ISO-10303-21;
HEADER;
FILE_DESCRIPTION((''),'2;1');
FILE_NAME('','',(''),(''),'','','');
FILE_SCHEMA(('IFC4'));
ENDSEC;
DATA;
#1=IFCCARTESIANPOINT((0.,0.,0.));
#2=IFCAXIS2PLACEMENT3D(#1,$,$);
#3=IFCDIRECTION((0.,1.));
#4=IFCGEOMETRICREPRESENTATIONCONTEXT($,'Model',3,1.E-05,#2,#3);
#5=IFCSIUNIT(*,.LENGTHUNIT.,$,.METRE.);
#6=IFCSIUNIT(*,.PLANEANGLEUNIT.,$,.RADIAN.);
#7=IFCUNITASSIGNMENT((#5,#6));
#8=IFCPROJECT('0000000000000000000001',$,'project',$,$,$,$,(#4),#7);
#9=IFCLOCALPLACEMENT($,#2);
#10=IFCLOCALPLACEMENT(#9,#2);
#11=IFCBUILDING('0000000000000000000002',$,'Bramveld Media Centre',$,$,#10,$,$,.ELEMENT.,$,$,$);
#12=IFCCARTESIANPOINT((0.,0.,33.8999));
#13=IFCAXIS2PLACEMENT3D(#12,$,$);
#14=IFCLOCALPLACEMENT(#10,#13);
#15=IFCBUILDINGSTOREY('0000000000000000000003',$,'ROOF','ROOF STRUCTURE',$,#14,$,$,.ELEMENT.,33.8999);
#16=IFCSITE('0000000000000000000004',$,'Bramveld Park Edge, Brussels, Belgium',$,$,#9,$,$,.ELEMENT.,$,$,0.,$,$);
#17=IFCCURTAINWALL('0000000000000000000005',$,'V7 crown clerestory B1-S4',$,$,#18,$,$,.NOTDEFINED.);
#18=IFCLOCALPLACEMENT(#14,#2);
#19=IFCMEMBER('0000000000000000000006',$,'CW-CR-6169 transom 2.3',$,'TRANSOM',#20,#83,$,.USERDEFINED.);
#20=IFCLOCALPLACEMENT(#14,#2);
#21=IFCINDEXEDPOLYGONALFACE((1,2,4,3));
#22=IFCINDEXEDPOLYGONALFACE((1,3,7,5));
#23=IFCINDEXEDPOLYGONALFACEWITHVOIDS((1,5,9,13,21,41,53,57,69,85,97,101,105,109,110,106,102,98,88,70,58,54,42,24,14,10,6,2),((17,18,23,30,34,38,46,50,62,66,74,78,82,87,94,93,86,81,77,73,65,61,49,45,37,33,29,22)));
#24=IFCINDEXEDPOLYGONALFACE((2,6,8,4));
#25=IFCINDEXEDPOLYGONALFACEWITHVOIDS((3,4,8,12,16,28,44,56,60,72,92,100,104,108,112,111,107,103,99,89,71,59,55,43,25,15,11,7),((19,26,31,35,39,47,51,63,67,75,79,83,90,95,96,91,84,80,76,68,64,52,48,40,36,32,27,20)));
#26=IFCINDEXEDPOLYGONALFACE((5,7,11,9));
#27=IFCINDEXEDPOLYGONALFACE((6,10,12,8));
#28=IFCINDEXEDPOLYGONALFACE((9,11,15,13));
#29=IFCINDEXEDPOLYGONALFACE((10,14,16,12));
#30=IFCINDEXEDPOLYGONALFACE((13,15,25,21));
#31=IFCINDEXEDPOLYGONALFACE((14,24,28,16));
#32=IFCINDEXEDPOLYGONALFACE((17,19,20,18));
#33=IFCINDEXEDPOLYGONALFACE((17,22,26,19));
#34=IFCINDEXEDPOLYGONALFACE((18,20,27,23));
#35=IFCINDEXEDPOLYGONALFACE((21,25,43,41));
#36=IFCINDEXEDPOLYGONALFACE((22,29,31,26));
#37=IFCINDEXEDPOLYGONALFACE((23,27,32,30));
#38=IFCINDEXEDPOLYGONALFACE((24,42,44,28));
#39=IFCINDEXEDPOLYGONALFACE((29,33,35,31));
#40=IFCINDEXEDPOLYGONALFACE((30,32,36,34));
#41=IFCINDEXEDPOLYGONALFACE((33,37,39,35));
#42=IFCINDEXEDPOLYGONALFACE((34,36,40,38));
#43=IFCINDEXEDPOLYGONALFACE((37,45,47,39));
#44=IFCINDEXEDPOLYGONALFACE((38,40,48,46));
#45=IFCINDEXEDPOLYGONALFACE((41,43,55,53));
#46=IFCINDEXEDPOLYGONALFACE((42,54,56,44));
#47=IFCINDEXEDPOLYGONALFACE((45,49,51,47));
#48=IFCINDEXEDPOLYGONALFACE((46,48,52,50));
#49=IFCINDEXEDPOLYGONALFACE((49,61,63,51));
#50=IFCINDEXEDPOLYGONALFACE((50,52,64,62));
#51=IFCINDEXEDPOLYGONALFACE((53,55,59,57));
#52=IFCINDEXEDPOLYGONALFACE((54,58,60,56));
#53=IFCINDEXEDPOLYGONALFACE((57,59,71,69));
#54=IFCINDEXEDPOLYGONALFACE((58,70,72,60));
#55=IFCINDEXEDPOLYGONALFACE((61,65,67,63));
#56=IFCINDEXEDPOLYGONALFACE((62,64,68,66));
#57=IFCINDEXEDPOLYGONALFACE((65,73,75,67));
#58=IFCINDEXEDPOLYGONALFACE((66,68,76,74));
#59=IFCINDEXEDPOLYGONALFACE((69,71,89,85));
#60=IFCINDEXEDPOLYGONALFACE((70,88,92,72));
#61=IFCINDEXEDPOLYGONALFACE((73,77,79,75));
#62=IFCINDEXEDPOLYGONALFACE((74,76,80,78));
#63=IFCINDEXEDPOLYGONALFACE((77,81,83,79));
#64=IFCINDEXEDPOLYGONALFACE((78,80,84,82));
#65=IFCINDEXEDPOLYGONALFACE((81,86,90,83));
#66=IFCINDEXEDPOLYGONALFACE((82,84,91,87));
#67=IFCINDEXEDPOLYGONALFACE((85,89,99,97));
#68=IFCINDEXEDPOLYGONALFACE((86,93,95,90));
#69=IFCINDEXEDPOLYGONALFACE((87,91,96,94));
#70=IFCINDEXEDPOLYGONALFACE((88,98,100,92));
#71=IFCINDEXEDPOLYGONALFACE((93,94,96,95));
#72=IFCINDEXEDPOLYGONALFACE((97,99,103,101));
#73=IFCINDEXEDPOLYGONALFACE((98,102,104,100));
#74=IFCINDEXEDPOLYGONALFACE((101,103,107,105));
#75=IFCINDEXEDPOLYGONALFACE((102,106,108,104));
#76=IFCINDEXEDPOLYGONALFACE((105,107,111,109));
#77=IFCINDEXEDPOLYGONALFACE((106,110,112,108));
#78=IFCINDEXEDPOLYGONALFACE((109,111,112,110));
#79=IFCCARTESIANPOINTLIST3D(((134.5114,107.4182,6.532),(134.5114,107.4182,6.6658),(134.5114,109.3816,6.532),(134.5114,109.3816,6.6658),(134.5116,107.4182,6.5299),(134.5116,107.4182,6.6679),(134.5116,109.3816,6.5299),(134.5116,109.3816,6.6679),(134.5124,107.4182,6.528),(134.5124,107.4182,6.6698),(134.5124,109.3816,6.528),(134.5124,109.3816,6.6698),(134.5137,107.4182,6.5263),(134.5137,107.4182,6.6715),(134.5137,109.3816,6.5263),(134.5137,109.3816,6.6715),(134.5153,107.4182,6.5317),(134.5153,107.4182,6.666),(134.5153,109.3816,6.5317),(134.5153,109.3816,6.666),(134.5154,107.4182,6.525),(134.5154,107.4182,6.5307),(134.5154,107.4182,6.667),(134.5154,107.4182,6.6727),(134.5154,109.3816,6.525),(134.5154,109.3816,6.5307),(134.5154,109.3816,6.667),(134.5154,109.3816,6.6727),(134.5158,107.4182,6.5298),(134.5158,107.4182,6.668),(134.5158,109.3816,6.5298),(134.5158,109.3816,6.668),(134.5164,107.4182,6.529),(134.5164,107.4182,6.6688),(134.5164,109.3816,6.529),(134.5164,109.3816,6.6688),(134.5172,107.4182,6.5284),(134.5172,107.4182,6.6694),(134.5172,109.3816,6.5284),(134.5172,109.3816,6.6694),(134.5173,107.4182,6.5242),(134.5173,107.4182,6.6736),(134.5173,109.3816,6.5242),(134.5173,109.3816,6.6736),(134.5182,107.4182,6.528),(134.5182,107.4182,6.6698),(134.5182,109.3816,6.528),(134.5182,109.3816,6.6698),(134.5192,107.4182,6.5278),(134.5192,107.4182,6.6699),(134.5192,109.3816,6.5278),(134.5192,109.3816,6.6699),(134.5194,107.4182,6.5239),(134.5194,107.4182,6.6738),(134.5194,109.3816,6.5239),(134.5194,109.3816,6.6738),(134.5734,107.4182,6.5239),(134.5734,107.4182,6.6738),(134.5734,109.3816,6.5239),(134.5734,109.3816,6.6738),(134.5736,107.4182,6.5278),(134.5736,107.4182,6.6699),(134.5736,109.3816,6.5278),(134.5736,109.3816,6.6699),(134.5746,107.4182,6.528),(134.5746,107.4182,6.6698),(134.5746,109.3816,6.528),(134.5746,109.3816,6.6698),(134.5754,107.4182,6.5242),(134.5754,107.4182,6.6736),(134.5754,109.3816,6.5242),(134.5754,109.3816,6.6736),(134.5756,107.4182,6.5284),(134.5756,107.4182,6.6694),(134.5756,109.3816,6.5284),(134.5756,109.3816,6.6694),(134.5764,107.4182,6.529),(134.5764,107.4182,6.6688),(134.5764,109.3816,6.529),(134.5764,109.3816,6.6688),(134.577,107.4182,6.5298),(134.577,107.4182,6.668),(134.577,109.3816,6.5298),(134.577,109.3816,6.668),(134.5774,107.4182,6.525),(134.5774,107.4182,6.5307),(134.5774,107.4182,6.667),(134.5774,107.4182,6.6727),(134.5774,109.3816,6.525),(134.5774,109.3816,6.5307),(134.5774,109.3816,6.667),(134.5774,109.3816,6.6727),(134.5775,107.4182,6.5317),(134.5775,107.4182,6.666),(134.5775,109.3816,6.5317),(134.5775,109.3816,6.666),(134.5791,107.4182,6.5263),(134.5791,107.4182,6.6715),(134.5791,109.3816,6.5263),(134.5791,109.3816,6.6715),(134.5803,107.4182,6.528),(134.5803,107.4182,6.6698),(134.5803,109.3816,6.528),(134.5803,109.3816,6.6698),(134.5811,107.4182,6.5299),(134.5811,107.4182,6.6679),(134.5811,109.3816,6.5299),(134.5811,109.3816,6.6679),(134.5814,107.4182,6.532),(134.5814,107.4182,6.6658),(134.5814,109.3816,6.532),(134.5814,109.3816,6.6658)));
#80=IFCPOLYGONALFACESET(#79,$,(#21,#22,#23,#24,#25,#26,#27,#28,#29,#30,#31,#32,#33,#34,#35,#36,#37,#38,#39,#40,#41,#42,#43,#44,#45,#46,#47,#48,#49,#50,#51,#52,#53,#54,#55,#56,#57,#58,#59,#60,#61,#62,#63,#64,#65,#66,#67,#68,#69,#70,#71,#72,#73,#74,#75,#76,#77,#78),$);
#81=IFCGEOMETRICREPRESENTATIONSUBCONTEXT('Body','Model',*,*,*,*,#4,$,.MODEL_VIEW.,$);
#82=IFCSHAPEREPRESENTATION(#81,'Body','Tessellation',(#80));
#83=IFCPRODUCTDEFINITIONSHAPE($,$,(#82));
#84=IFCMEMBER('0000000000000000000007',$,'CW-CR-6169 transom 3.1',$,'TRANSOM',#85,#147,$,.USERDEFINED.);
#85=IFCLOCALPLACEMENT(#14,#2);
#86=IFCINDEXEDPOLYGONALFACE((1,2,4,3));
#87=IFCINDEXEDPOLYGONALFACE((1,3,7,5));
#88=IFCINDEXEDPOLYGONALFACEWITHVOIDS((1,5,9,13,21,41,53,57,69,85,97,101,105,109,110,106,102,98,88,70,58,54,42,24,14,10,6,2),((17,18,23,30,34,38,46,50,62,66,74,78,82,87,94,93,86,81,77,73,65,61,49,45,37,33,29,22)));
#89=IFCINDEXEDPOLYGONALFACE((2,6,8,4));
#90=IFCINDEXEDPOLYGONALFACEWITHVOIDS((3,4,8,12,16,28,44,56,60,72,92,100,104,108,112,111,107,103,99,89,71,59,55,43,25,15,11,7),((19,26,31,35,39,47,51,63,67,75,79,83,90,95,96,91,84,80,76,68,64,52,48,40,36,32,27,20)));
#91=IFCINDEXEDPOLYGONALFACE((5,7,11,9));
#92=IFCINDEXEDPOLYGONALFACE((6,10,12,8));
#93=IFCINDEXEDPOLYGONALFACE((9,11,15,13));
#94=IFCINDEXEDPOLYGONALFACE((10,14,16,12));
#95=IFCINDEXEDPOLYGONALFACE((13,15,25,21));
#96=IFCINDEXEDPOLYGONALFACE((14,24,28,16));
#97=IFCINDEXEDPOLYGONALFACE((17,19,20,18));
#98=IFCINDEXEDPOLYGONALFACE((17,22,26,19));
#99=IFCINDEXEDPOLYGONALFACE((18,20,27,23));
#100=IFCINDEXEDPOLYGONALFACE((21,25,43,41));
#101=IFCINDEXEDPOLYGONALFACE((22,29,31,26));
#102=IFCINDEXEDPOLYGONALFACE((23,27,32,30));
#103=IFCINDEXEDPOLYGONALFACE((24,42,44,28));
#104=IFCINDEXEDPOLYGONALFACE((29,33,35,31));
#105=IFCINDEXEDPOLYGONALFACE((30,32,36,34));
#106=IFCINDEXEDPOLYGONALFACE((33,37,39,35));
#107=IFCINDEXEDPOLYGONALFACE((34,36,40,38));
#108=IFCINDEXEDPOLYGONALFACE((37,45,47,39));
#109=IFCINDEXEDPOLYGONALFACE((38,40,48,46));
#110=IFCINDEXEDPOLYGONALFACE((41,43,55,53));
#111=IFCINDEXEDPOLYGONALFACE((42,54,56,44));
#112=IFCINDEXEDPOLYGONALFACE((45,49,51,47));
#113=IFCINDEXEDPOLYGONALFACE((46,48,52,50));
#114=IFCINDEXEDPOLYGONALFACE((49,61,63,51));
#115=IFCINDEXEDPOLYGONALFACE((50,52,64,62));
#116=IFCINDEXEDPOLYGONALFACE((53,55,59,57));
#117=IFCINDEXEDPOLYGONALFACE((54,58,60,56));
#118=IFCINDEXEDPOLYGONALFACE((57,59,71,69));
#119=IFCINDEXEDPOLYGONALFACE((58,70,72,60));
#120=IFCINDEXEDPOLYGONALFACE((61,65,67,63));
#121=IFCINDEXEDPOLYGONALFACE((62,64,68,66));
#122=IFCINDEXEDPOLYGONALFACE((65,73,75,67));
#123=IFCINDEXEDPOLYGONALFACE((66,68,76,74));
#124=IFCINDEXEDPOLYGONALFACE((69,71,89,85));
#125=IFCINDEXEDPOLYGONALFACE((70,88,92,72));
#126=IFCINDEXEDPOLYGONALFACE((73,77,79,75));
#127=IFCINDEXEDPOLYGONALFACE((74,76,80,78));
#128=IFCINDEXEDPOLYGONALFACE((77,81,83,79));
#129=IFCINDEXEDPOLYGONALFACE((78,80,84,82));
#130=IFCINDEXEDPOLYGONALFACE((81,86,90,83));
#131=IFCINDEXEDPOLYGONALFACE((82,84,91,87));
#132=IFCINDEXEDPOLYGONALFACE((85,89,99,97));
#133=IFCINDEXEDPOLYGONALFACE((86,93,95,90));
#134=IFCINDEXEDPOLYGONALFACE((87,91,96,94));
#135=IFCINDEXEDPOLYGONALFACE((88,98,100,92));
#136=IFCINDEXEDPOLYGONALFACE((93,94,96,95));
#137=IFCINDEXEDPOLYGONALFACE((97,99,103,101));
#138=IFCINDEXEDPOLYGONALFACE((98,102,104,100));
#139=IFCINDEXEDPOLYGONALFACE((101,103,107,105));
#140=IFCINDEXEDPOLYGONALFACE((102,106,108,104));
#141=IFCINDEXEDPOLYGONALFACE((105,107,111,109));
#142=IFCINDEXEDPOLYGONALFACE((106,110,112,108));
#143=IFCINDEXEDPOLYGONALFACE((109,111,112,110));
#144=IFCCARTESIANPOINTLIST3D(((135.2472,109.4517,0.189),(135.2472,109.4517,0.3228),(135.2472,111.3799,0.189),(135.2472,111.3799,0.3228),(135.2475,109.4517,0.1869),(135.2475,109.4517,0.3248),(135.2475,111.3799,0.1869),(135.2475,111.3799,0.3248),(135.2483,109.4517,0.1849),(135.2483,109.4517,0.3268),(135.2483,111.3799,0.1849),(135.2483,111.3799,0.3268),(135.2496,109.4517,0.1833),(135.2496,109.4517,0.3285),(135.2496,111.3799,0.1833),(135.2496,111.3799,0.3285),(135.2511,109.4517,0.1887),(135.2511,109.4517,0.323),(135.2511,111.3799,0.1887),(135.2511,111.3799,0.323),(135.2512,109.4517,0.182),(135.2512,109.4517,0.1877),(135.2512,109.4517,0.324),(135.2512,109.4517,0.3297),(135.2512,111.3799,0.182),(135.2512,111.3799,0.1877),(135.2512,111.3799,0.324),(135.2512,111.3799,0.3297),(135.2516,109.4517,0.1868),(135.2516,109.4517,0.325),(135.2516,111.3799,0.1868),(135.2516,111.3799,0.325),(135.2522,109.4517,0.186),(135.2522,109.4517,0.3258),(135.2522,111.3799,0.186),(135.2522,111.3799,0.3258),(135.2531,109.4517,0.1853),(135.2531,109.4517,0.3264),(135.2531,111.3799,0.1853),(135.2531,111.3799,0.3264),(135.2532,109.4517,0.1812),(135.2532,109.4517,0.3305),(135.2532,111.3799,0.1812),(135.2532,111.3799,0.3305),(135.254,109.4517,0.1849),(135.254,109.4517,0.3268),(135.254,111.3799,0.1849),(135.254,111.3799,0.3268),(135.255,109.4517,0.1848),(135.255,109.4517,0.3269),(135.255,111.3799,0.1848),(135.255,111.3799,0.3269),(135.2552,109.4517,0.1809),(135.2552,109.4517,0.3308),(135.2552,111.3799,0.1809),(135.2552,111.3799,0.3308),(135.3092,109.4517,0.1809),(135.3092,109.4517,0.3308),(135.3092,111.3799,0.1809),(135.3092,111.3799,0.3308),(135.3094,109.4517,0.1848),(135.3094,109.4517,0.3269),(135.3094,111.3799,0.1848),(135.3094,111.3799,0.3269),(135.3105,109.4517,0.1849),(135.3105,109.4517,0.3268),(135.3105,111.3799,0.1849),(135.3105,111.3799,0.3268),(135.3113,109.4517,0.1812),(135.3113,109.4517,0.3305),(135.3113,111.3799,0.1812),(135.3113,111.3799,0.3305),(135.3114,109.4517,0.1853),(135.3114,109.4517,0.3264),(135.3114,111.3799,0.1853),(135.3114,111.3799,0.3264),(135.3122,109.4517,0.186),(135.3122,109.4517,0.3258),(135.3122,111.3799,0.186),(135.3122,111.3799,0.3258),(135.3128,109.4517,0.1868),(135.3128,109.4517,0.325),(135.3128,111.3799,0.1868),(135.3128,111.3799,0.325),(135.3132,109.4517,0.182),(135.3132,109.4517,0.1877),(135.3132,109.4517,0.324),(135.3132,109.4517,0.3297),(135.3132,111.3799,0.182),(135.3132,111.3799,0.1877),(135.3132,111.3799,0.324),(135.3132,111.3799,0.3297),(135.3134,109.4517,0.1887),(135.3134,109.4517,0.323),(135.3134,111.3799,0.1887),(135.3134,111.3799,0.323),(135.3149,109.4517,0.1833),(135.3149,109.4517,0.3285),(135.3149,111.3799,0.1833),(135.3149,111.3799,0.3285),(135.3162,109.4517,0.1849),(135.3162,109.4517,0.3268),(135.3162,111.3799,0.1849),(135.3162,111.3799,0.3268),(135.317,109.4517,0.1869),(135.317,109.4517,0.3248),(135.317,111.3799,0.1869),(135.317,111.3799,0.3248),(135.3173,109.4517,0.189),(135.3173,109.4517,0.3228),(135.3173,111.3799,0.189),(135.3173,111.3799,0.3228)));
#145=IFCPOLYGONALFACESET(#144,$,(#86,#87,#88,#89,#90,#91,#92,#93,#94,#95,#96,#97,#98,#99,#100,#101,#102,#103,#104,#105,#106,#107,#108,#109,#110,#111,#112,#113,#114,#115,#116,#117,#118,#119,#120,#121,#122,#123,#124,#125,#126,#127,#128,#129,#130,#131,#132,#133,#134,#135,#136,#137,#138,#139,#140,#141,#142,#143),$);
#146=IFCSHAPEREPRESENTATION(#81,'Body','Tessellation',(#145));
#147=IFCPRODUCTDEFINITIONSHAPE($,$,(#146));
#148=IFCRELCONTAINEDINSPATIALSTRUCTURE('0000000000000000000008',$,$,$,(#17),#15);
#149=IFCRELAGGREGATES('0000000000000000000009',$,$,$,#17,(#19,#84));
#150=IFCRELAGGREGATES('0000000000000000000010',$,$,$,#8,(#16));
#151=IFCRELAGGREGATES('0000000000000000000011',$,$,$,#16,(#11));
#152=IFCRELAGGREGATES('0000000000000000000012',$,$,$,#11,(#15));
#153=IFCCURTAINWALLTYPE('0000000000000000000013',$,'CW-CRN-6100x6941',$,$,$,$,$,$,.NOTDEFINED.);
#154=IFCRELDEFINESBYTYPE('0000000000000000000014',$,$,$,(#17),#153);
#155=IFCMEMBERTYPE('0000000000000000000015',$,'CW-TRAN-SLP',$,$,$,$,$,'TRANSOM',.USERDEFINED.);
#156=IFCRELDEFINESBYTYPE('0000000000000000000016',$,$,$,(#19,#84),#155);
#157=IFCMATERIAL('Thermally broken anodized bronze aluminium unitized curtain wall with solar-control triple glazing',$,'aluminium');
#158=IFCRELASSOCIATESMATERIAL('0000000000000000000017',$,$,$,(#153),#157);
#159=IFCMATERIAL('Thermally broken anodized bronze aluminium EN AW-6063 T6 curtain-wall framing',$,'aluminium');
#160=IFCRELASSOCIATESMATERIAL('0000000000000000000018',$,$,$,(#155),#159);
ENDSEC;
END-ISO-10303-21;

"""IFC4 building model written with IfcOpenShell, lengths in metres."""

from ifc_helpers import new_model, si_unit, direction, frame, origin, origin_2d, place, context, subcontext, project, spatial, hollow_rectangle, extrude, material, material_profile, profile_set, type_object, element, aggregate, save


model = new_model("IFC4")

# Units and contexts
model_context = context("Model", 3, precision=1e-05, world=origin(), true_north=direction((0.0, 1.0)))
body_context = subcontext(model_context, "Body", "Model", "MODEL_VIEW")
ifc_project = project(units=[si_unit("LENGTHUNIT", "METRE"), si_unit("PLANEANGLEUNIT", "RADIAN")], contexts=[model_context])

# Site, building, storey
site_placement = place(None, origin())
site = spatial("IfcSite", under=ifc_project, at=site_placement, Name="Bramveld Park Edge, Brussels, Belgium", CompositionType="ELEMENT", RefElevation=0.0)
building_placement = place(site_placement, origin())
building = spatial("IfcBuilding", under=site, at=building_placement, Name="Bramveld Media Centre", CompositionType="ELEMENT")
storey_placement = place(building_placement, frame((0.0, 0.0, 33.8999)))
storey = spatial("IfcBuildingStorey", under=building, at=storey_placement, Name="ROOF", Description="ROOF STRUCTURE", CompositionType="ELEMENT", Elevation=33.8999)

# Curtain wall, members
ifc_material_1 = material(Name="Thermally broken anodized bronze aluminium unitized curtain wall with solar-control triple glazing", Category="aluminium")
curtain_wall_type = type_object("IfcCurtainWallType", Name="CW-CRN-6100x6941", PredefinedType="NOTDEFINED", material=ifc_material_1)
curtain_wall_placement = place(storey_placement, origin())
curtain_wall = element("IfcCurtainWall", 1, at=curtain_wall_placement, inside=storey, type_object=curtain_wall_type, Name="V7 crown clerestory B1-S4", PredefinedType="NOTDEFINED")
ifc_material_2 = material(Name="Thermally broken anodized bronze aluminium EN AW-6063 T6 curtain-wall framing", Category="aluminium")
ifc_material_profile_1 = material_profile(ifc_material_2, hollow_rectangle(XDim=0.0701, YDim=0.1499, WallThickness=0.0039, InnerFilletRadius=0.0039, OuterFilletRadius=0.0081, at=origin_2d()), Name="AL-TRAN 70x150")
ifc_profile_set_1 = profile_set([ifc_material_profile_1], Name="Thermally broken anodized bronze aluminium EN AW-6063 T6 curtain-wall framing")
member_type_1 = type_object("IfcMemberType", Name="CW-TRAN-SLP", ElementType="TRANSOM", PredefinedType="USERDEFINED", material=ifc_profile_set_1)
member_1_placement = place(storey_placement, frame((134.5464, 107.4182, 6.5989), z_axis=(0.0, 1.0, 0.0), x_axis=(-1.0, 0.0, 0.0)))
member_1 = element("IfcMember", 2, at=member_1_placement, type_object=member_type_1, Name="CW-CR-6169 transom 2.3", ObjectType="TRANSOM", PredefinedType="USERDEFINED", context=body_context, shape_type="SweptSolid", body=[
    extrude(hollow_rectangle(XDim=0.0701, YDim=0.1499, WallThickness=0.0039, InnerFilletRadius=0.0039, OuterFilletRadius=0.0081, at=origin_2d()), origin(), (0.0, 0.0, 1.0), 1.9634),
])
member_2_placement = place(storey_placement, frame((135.2822, 109.4517, 0.2559), z_axis=(0.0, 1.0, 0.0), x_axis=(-1.0, 0.0, 0.0)))
member_2 = element("IfcMember", 3, at=member_2_placement, type_object=member_type_1, Name="CW-CR-6169 transom 3.1", ObjectType="TRANSOM", PredefinedType="USERDEFINED", context=body_context, shape_type="SweptSolid", body=[
    extrude(hollow_rectangle(XDim=0.0701, YDim=0.1499, WallThickness=0.0039, InnerFilletRadius=0.0039, OuterFilletRadius=0.0081, at=origin_2d()), origin(), (0.0, 0.0, 1.0), 1.9282),
])

aggregate(curtain_wall, [member_1, member_2])

save(model, "model.ifc")
